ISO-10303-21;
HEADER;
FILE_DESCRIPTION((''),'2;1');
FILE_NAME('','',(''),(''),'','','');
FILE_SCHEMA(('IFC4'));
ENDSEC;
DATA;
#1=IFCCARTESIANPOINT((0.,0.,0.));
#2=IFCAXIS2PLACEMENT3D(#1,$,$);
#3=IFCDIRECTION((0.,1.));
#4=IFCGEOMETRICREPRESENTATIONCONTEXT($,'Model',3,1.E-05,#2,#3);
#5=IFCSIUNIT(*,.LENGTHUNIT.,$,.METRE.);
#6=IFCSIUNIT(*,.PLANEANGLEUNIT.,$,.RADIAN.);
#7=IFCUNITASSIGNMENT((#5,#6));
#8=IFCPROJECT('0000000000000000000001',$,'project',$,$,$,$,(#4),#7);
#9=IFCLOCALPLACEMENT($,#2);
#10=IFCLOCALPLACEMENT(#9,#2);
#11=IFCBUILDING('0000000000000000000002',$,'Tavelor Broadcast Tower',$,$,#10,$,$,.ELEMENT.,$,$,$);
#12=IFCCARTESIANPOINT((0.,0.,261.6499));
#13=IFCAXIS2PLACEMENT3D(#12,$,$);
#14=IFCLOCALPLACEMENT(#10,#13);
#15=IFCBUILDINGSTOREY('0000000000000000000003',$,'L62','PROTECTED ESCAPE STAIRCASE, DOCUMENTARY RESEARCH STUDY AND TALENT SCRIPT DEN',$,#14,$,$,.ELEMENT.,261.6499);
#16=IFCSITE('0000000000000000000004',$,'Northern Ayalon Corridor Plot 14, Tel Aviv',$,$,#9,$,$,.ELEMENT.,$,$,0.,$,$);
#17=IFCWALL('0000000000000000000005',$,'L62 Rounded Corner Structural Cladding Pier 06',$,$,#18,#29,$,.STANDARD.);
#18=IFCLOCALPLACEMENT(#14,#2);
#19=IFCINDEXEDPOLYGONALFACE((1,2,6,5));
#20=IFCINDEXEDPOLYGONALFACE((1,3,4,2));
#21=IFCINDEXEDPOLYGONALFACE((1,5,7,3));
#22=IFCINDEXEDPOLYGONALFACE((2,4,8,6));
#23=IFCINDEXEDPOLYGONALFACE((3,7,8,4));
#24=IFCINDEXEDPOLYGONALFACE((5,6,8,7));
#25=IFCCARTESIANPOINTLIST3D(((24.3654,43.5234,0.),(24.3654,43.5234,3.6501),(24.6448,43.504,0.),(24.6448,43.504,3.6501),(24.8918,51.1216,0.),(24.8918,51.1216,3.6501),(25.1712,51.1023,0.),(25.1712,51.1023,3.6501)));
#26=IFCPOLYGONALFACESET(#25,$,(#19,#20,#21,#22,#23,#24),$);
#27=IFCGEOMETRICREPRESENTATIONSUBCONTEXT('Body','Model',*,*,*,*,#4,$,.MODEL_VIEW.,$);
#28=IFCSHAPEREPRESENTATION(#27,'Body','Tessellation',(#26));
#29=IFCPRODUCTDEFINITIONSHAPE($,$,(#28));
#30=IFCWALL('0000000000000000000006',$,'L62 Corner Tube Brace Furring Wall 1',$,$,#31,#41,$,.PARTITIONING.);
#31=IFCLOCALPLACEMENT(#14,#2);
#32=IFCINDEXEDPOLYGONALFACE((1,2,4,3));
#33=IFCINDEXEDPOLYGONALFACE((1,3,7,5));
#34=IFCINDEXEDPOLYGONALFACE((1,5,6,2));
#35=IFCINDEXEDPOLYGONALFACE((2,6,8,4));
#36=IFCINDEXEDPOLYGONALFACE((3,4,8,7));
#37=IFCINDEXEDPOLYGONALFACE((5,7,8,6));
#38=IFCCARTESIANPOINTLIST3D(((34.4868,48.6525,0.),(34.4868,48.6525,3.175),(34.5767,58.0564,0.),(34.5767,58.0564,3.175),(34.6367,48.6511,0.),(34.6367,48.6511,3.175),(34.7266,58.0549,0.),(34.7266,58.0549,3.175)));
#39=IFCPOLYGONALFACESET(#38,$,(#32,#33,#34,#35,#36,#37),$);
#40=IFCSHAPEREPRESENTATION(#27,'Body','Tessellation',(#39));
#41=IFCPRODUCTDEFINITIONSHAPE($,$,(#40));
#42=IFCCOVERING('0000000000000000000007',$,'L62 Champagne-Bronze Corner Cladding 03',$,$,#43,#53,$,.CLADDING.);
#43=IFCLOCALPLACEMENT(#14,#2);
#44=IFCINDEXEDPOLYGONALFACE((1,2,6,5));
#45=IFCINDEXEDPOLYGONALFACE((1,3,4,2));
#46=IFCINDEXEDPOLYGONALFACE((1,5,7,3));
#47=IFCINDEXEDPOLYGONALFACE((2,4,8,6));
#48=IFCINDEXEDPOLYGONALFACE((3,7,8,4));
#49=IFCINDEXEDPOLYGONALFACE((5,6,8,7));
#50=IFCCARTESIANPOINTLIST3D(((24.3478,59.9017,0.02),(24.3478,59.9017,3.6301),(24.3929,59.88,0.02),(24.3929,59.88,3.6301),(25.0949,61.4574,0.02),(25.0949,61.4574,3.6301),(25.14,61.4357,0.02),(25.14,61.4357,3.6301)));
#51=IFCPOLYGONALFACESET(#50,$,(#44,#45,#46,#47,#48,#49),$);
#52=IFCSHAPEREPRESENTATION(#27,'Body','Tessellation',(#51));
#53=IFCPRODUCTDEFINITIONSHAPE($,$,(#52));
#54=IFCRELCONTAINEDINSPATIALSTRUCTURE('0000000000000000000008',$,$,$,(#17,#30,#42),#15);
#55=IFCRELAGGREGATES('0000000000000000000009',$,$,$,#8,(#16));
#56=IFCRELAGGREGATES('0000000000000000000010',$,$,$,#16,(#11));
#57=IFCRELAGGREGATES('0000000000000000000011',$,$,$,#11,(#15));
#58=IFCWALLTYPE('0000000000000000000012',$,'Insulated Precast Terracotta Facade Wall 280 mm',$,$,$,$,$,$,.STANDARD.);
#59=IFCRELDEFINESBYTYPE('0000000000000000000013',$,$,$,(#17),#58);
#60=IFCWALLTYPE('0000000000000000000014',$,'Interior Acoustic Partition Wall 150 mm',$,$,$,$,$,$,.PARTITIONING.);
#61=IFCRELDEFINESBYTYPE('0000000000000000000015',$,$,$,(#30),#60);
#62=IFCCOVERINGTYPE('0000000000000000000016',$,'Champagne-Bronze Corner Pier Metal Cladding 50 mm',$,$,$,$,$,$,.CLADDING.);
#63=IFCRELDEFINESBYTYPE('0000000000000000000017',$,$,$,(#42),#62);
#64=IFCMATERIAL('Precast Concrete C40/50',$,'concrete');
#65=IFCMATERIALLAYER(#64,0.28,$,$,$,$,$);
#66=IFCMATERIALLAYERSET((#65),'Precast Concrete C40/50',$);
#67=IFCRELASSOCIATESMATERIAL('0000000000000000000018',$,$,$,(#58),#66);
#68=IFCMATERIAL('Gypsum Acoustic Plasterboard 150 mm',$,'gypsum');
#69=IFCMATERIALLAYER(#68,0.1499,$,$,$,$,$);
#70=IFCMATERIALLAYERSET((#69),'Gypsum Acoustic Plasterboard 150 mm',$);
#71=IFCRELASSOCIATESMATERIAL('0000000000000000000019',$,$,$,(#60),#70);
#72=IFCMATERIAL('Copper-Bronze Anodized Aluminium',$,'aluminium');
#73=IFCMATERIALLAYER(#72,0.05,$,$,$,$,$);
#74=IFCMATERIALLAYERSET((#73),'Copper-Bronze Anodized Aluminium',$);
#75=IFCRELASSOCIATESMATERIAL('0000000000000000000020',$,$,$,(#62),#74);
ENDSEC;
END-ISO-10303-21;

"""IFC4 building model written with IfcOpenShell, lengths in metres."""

from ifc_helpers import new_model, si_unit, direction, frame, frame_2d, origin, origin_2d, place, context, subcontext, project, spatial, rectangle, extrude, material, layer, layer_set, type_object, element, save


model = new_model("IFC4")

# Units and contexts
model_context = context("Model", 3, precision=1e-05, world=origin(), true_north=direction((0.0, 1.0)))
body_context = subcontext(model_context, "Body", "Model", "MODEL_VIEW")
ifc_project = project(units=[si_unit("LENGTHUNIT", "METRE"), si_unit("PLANEANGLEUNIT", "RADIAN")], contexts=[model_context])

# Site, building, storey
site_placement = place(None, origin())
site = spatial("IfcSite", under=ifc_project, at=site_placement, Name="Northern Ayalon Corridor Plot 14, Tel Aviv", CompositionType="ELEMENT", RefElevation=0.0)
building_placement = place(site_placement, origin())
building = spatial("IfcBuilding", under=site, at=building_placement, Name="Tavelor Broadcast Tower", CompositionType="ELEMENT")
storey_placement = place(building_placement, frame((0.0, 0.0, 261.6499)))
storey = spatial("IfcBuildingStorey", under=building, at=storey_placement, Name="L62", Description="PROTECTED ESCAPE STAIRCASE, DOCUMENTARY RESEARCH STUDY AND TALENT SCRIPT DEN", CompositionType="ELEMENT", Elevation=261.6499)

# Walls
ifc_material_1 = material(Name="Precast Concrete C40/50", Category="concrete")
ifc_layer_1 = layer(ifc_material_1, 0.28)
ifc_layer_set_1 = layer_set([ifc_layer_1], Name="Precast Concrete C40/50")
wall_type_1 = type_object("IfcWallType", Name="Insulated Precast Terracotta Facade Wall 280 mm", PredefinedType="STANDARD", material=ifc_layer_set_1)
wall_1_placement = place(storey_placement, frame((25.0315, 51.1118, 0.0), z_axis=(0.0, 0.0, 1.0), x_axis=(-0.06911, -0.997609, 0.0)))
element("IfcWall", 1, at=wall_1_placement, inside=storey, type_object=wall_type_1, Name="L62 Rounded Corner Structural Cladding Pier 06", PredefinedType="STANDARD", context=body_context, shape_type="SweptSolid", body=[
    extrude(rectangle(XDim=7.6165, YDim=0.28, at=frame_2d((3.8081, 0.0))), origin(), (0.0, 0.0, 1.0), 3.6501),
])
ifc_material_2 = material(Name="Gypsum Acoustic Plasterboard 150 mm", Category="gypsum")
ifc_layer_2 = layer(ifc_material_2, 0.1499)
ifc_layer_set_2 = layer_set([ifc_layer_2], Name="Gypsum Acoustic Plasterboard 150 mm")
wall_type_2 = type_object("IfcWallType", Name="Interior Acoustic Partition Wall 150 mm", PredefinedType="PARTITIONING", material=ifc_layer_set_2)
wall_2_placement = place(storey_placement, frame((34.6516, 58.0557, 0.0), z_axis=(0.0, 0.0, 1.0), x_axis=(-0.009554, -0.999954, 0.0)))
element("IfcWall", 2, at=wall_2_placement, inside=storey, type_object=wall_type_2, Name="L62 Corner Tube Brace Furring Wall 1", PredefinedType="PARTITIONING", context=body_context, shape_type="SweptSolid", body=[
    extrude(rectangle(XDim=9.4043, YDim=0.1499, at=frame_2d((4.7021, 0.0))), origin(), (0.0, 0.0, 1.0), 3.175),
])

# Covering
ifc_material_3 = material(Name="Copper-Bronze Anodized Aluminium", Category="aluminium")
ifc_layer_3 = layer(ifc_material_3, 0.05)
ifc_layer_set_3 = layer_set([ifc_layer_3], Name="Copper-Bronze Anodized Aluminium")
covering_type = type_object("IfcCoveringType", Name="Champagne-Bronze Corner Pier Metal Cladding 50 mm", PredefinedType="CLADDING", material=ifc_layer_set_3)
covering_placement = place(storey_placement, frame((24.7439, 60.6687, 0.02), z_axis=(0.0, 0.0, 1.0), x_axis=(-0.432873, -0.901455, 0.0)))
element("IfcCovering", 3, at=covering_placement, inside=storey, type_object=covering_type, Name="L62 Champagne-Bronze Corner Cladding 03", PredefinedType="CLADDING", context=body_context, shape_type="SweptSolid", body=[
    extrude(rectangle(XDim=1.7258, YDim=0.05, at=origin_2d()), origin(), (0.0, 0.0, 1.0), 3.6101),
])

save(model, "model.ifc")
